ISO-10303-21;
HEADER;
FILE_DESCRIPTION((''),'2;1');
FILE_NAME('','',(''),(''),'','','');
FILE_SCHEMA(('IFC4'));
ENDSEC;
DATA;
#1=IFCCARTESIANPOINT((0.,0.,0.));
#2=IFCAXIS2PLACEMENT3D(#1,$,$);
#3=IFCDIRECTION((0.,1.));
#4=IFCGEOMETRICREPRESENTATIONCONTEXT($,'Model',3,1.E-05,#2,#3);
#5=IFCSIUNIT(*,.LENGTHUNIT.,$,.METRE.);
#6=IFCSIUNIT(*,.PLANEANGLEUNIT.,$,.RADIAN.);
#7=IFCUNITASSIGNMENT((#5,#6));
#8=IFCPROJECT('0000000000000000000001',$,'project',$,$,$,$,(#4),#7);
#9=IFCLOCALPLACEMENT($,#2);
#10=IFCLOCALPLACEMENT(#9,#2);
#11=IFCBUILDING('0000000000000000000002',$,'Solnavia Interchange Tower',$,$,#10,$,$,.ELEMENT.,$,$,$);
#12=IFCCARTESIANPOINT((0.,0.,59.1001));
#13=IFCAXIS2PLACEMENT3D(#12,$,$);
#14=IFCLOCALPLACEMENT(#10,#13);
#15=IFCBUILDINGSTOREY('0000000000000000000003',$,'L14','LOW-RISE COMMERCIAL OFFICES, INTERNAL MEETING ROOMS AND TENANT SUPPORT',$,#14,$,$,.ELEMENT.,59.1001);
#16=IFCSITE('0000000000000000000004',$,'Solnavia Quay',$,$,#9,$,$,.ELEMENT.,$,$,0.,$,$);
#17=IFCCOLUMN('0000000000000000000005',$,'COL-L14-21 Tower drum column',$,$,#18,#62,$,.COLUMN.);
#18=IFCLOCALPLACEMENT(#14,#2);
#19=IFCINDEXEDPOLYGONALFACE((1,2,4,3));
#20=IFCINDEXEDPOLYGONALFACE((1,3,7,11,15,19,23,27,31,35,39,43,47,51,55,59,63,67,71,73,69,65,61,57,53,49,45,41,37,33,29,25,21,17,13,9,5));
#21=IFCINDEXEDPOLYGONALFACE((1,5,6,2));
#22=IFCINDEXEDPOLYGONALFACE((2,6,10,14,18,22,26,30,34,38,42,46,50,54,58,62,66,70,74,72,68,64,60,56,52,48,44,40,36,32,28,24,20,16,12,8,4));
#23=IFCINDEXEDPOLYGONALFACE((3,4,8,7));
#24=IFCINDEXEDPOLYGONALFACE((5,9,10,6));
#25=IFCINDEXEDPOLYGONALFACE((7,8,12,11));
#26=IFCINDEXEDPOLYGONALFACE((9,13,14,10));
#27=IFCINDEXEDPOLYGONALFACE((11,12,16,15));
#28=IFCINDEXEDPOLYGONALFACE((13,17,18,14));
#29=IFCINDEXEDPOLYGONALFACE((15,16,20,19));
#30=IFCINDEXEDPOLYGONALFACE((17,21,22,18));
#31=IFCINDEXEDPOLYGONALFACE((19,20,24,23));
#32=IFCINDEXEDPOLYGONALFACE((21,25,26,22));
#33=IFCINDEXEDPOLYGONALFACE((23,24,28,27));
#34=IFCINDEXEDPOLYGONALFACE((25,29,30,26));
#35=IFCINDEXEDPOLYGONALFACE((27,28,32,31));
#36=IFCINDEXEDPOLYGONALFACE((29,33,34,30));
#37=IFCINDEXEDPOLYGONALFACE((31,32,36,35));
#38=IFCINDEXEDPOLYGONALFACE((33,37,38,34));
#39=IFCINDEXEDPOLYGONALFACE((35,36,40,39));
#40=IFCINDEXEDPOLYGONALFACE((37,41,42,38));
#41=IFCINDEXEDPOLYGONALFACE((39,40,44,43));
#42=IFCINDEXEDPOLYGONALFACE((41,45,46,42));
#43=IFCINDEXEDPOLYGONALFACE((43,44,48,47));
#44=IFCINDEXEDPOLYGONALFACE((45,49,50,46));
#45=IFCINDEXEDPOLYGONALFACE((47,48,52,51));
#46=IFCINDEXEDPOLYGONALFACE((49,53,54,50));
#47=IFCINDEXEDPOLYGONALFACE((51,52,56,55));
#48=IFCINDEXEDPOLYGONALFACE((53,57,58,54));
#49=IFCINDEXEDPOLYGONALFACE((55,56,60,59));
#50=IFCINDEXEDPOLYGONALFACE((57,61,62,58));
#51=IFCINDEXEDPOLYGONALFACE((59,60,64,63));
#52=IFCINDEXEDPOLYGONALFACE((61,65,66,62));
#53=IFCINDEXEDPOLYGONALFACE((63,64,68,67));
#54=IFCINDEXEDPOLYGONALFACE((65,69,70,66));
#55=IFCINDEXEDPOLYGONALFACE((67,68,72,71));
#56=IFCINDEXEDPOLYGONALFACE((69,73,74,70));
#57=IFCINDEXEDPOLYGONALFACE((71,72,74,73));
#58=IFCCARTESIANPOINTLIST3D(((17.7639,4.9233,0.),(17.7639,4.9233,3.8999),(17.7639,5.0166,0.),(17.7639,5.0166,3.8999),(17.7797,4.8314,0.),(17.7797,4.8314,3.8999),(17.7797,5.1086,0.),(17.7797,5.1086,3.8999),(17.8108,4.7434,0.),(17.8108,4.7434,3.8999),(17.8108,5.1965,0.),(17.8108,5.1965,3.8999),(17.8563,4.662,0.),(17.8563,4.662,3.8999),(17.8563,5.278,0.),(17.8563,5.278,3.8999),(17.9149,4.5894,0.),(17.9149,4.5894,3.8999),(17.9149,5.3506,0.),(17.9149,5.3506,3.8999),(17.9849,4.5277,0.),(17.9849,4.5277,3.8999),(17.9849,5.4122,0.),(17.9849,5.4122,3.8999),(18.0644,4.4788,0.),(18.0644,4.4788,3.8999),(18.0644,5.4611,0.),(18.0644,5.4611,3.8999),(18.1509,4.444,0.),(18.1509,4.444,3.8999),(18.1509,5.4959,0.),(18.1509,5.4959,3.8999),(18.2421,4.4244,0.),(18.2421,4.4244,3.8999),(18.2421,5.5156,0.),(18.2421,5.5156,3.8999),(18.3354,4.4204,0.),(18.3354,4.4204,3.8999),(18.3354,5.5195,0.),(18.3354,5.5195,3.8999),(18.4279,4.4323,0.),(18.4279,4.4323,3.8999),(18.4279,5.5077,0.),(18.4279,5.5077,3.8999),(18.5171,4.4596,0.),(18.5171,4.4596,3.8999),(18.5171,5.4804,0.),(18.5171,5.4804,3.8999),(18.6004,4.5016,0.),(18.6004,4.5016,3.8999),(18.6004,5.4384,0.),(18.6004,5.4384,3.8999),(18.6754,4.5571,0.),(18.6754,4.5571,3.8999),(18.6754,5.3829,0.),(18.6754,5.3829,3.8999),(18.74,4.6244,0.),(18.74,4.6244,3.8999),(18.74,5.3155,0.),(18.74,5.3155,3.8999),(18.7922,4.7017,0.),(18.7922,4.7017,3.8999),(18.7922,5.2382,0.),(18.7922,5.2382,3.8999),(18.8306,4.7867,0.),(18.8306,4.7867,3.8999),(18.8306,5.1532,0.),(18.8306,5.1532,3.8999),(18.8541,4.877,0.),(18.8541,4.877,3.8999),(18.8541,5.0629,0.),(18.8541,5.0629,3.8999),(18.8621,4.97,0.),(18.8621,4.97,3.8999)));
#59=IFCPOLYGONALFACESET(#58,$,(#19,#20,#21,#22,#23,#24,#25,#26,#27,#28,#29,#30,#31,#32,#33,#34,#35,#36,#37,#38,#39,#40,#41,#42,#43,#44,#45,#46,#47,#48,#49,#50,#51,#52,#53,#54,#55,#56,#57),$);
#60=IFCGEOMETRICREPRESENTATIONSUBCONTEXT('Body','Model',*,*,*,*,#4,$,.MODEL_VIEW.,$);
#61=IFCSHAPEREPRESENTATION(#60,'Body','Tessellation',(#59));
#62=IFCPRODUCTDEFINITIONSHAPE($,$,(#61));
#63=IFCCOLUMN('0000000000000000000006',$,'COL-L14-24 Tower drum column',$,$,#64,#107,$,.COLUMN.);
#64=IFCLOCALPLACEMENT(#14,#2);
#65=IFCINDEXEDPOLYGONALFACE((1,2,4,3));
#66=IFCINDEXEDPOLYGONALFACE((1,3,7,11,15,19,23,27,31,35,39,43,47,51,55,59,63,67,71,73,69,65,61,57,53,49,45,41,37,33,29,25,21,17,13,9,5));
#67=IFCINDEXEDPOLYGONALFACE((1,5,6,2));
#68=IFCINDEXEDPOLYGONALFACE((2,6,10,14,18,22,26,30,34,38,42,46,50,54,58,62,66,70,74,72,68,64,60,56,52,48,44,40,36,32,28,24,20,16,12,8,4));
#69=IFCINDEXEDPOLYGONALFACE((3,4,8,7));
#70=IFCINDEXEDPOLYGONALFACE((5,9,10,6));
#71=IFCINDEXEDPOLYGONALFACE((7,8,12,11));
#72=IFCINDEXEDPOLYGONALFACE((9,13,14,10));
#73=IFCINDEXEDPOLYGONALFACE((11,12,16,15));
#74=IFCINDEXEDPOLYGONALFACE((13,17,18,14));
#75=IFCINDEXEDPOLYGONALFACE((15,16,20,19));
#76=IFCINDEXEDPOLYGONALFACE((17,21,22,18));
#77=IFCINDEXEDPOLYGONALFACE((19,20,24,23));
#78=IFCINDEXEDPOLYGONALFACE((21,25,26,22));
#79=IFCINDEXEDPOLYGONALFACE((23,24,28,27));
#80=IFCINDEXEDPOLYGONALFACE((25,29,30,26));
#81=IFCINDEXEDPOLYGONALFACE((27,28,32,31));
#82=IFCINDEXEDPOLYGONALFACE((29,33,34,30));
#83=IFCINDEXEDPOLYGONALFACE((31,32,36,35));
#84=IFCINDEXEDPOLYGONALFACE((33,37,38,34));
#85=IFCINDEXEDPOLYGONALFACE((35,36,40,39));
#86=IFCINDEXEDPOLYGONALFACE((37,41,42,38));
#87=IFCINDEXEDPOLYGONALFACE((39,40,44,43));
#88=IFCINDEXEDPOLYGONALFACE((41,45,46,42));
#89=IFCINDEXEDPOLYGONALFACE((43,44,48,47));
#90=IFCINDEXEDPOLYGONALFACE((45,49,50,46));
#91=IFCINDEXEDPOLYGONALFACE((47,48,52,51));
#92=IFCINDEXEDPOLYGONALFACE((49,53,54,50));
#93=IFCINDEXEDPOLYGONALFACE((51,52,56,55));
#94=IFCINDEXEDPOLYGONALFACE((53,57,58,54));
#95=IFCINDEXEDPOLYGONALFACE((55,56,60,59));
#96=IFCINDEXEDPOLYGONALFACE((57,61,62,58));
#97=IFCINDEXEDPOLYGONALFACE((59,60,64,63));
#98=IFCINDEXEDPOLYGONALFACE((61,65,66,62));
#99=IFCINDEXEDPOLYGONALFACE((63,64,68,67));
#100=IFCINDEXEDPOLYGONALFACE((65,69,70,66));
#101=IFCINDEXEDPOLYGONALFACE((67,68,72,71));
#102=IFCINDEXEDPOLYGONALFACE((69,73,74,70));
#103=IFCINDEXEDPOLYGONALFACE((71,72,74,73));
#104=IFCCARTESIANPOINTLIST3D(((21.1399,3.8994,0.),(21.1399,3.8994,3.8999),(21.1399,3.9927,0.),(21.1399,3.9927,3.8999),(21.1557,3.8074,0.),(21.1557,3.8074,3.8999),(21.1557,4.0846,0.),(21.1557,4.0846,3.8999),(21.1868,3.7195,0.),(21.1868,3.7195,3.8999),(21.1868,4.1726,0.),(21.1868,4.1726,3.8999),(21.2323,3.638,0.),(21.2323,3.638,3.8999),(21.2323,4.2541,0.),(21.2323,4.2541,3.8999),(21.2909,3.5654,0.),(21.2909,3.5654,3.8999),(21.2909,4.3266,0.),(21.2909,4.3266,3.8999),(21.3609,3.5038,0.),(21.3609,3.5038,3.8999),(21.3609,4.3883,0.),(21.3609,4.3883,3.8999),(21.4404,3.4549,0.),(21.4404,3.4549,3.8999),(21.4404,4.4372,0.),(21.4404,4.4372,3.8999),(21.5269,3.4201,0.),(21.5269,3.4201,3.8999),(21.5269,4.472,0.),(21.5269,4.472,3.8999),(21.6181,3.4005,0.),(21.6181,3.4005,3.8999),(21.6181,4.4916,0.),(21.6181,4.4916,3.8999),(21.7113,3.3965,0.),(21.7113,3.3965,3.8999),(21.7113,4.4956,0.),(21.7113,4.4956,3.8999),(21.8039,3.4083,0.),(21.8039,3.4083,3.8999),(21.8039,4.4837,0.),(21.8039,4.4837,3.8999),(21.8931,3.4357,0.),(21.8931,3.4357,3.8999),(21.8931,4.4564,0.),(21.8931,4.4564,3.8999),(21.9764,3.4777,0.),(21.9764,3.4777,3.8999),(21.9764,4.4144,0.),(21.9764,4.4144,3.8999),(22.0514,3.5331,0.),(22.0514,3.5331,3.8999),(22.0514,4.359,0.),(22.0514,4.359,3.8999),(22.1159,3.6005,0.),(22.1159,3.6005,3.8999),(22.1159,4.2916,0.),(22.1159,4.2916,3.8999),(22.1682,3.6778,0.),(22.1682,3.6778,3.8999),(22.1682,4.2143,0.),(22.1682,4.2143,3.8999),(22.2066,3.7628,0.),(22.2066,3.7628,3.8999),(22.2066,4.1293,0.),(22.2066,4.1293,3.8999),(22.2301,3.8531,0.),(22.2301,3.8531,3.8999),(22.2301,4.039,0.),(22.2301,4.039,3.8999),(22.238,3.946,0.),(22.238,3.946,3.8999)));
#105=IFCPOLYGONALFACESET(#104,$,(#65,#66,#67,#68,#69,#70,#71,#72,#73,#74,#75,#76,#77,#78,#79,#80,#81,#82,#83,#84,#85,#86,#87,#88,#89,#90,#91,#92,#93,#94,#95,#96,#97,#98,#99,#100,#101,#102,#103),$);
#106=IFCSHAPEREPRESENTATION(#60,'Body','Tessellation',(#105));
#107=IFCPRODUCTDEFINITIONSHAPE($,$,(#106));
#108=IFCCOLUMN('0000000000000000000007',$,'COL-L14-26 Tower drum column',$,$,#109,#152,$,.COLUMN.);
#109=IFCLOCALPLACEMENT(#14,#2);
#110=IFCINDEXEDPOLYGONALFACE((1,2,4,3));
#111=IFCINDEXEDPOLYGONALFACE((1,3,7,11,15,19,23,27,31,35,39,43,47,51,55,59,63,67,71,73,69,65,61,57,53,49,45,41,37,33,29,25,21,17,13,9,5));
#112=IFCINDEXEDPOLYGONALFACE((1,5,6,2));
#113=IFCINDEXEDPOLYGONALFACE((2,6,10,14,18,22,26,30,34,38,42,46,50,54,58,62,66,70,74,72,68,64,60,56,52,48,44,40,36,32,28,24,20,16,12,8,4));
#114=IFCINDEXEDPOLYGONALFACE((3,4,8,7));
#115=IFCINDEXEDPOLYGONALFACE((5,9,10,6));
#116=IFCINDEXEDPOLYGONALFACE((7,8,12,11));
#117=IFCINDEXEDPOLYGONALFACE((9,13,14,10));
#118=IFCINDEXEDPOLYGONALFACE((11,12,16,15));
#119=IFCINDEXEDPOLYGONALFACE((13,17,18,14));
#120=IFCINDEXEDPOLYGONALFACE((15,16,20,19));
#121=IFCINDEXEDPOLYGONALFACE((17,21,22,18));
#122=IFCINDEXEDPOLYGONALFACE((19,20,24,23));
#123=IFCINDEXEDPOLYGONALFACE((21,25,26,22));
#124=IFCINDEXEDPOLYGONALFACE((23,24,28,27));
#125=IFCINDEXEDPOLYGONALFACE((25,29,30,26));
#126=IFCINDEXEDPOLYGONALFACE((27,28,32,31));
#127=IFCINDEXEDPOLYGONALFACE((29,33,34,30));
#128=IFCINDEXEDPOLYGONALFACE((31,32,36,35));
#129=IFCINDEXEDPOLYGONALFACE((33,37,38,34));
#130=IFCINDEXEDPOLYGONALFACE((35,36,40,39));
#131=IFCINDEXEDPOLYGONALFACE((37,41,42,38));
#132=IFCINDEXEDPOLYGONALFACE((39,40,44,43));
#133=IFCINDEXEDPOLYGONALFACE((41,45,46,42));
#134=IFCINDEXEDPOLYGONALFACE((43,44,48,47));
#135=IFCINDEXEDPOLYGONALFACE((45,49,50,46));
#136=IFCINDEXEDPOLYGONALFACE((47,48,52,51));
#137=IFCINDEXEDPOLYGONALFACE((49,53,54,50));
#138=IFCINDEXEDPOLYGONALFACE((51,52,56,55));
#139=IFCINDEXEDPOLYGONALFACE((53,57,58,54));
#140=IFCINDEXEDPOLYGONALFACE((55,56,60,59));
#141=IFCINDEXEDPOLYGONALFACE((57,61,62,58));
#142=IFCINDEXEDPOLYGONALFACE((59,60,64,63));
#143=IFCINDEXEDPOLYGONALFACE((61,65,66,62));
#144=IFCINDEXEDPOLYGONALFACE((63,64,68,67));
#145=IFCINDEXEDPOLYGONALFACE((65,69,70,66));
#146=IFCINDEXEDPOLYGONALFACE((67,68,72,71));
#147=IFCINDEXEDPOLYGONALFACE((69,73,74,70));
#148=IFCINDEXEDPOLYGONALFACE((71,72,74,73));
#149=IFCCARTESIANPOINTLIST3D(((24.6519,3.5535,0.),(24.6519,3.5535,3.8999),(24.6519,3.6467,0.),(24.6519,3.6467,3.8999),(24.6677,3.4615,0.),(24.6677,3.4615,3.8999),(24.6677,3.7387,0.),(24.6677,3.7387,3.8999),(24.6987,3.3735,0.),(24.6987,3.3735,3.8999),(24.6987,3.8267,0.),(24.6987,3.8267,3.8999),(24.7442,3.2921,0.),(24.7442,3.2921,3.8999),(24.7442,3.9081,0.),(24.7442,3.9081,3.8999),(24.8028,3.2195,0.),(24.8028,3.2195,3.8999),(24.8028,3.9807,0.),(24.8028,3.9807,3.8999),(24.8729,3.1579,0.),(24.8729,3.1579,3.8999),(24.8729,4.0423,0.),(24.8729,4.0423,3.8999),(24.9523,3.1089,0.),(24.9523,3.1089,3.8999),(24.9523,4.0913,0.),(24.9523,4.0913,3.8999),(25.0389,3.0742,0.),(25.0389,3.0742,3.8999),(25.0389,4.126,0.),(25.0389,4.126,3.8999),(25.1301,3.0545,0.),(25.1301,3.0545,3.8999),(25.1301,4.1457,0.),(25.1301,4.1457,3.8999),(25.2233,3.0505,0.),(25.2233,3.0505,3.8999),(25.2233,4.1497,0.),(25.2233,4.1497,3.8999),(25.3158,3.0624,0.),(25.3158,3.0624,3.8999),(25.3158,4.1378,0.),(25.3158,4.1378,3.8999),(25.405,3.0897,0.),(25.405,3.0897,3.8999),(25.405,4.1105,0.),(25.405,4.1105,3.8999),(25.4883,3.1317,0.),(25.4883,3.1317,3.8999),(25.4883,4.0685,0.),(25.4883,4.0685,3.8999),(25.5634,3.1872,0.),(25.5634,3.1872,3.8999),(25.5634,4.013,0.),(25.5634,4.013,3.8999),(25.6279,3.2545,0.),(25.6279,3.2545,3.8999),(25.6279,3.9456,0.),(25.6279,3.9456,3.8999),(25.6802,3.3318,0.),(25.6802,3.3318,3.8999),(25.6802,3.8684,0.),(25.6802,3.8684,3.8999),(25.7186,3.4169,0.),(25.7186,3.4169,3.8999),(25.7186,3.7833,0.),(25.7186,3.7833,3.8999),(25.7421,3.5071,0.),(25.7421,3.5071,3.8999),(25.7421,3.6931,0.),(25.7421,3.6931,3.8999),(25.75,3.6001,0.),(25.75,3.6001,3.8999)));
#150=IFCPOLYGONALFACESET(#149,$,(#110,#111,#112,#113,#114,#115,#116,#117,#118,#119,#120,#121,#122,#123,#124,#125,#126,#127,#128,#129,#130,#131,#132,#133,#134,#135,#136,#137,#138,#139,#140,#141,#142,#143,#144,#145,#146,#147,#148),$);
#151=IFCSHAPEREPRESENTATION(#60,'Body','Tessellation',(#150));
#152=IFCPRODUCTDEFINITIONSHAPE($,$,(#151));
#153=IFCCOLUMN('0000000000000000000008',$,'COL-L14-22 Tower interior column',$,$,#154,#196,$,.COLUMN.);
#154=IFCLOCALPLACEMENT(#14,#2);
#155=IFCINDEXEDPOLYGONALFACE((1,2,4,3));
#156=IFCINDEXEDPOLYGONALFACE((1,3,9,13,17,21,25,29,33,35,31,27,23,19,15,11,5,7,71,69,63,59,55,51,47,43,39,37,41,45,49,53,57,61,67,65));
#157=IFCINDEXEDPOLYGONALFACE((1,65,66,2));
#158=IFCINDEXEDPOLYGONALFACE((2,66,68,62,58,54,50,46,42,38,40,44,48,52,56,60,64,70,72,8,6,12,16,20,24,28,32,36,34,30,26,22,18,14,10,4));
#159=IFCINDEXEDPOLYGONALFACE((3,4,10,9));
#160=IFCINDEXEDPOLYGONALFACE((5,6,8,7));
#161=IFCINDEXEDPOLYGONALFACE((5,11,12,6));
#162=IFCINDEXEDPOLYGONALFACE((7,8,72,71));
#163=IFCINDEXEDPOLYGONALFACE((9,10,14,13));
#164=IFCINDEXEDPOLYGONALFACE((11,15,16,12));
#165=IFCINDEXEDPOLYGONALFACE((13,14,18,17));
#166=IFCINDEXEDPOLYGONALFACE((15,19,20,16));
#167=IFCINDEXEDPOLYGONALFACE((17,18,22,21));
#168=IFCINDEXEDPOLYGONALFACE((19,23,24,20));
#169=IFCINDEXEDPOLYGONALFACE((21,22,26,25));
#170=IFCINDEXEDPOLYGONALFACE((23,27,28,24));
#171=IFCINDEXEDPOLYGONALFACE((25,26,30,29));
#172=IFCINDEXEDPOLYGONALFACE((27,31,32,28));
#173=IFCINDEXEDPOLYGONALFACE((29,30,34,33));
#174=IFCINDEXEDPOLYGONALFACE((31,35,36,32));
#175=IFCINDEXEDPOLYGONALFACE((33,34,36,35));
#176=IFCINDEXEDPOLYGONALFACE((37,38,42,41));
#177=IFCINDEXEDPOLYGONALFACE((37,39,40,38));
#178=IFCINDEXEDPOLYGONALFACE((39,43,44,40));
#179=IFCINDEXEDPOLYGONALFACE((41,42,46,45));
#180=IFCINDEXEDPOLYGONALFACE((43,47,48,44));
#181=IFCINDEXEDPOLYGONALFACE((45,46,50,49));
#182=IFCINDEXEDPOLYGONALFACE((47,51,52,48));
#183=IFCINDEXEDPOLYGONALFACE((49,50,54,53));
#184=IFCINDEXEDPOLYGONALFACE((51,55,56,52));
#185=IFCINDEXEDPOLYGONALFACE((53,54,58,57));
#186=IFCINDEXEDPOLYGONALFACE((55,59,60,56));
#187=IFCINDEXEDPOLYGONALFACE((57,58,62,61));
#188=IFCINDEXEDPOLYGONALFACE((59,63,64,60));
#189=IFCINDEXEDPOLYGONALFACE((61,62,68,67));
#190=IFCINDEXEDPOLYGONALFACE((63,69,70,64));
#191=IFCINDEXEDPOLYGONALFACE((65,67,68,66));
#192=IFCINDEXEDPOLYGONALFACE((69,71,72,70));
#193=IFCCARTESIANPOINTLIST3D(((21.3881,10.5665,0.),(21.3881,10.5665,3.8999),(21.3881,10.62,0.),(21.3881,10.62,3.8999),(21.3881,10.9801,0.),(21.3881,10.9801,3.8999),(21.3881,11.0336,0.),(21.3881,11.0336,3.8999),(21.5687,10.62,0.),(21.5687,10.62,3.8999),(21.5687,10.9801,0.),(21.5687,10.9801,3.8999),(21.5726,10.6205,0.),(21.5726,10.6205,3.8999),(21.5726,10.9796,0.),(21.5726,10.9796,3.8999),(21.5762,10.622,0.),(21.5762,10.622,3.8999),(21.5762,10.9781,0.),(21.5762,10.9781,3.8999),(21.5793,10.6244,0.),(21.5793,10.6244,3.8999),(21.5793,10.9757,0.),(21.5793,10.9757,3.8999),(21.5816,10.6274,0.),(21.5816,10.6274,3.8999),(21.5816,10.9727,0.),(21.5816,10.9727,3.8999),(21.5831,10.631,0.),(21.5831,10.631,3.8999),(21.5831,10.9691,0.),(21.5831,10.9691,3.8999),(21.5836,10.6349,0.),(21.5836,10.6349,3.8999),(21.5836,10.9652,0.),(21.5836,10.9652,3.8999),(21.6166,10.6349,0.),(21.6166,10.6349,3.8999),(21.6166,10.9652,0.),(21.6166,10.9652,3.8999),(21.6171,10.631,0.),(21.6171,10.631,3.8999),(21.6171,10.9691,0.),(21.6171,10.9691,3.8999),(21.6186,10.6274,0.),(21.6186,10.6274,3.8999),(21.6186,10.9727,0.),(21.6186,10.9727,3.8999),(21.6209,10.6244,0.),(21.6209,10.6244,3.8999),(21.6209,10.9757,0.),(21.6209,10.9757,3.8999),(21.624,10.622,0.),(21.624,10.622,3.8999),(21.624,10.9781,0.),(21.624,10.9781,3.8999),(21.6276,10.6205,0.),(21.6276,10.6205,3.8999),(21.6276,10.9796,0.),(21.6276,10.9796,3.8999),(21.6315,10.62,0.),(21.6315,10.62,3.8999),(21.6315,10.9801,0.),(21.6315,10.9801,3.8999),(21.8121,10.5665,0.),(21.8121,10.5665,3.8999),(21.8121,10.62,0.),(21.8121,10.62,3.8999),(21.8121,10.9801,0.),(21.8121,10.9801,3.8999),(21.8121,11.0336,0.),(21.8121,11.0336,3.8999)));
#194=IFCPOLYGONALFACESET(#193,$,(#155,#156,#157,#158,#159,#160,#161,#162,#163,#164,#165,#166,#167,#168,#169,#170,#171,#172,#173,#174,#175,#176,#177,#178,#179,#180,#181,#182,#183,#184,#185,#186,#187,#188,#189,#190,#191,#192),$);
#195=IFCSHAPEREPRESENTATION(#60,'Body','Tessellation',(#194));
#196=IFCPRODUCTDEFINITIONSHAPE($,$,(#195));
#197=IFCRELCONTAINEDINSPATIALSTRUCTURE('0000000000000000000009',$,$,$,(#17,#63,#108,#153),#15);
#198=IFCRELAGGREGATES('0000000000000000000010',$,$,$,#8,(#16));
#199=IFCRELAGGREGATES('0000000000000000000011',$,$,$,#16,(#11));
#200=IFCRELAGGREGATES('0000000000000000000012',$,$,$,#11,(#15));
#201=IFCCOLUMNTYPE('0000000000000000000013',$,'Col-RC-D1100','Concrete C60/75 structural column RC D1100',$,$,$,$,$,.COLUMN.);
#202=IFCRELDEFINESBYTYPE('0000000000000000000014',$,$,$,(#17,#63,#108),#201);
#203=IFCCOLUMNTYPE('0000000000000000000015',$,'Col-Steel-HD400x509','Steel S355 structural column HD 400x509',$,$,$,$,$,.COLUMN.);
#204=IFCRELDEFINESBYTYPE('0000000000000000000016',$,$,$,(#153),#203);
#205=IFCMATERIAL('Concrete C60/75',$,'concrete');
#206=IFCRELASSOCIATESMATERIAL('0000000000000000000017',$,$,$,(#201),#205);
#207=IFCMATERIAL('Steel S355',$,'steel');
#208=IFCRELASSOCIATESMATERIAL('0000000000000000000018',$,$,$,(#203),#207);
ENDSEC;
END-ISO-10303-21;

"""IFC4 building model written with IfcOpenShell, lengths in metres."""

from ifc_helpers import new_model, si_unit, direction, frame, origin, origin_2d, place, context, subcontext, project, spatial, circle, i_section, extrude, material, material_profile, profile_set, type_object, element, save


model = new_model("IFC4")

# Units and contexts
model_context = context("Model", 3, precision=1e-05, world=origin(), true_north=direction((0.0, 1.0)))
body_context = subcontext(model_context, "Body", "Model", "MODEL_VIEW")
ifc_project = project(units=[si_unit("LENGTHUNIT", "METRE"), si_unit("PLANEANGLEUNIT", "RADIAN")], contexts=[model_context])

# Site, building, storey
site_placement = place(None, origin())
site = spatial("IfcSite", under=ifc_project, at=site_placement, Name="Solnavia Quay", CompositionType="ELEMENT", RefElevation=0.0)
building_placement = place(site_placement, origin())
building = spatial("IfcBuilding", under=site, at=building_placement, Name="Solnavia Interchange Tower", CompositionType="ELEMENT")
storey_placement = place(building_placement, frame((0.0, 0.0, 59.1001)))
storey = spatial("IfcBuildingStorey", under=building, at=storey_placement, Name="L14", Description="LOW-RISE COMMERCIAL OFFICES, INTERNAL MEETING ROOMS AND TENANT SUPPORT", CompositionType="ELEMENT", Elevation=59.1001)

# Columns
ifc_material_1 = material(Name="Concrete C60/75", Category="concrete")
ifc_material_profile_1 = material_profile(ifc_material_1, circle(Radius=0.55, at=origin_2d()), Name="RC D1100")
ifc_profile_set_1 = profile_set([ifc_material_profile_1], Name="Concrete C60/75")
column_type_1 = type_object("IfcColumnType", Name="Col-RC-D1100", Description="Concrete C60/75 structural column RC D1100", PredefinedType="COLUMN", material=ifc_profile_set_1)
for number, where, z_axis, x_axis, name in (
    (1, (18.312, 4.97, 0.0), (0.0, 0.0, 1.0), (1.0, 0.0, 0.0), "COL-L14-21 Tower drum column"),
    (2, (21.688, 3.946, 0.0), (0.0, 0.0, 1.0), (1.0, 0.0, 0.0), "COL-L14-24 Tower drum column"),
    (3, (25.2, 3.6001, 0.0), (0.0, 0.0, 1.0), (1.0, 0.0, 0.0), "COL-L14-26 Tower drum column"),
):
    element("IfcColumn", number, at=place(storey_placement, frame(where, z_axis=z_axis, x_axis=x_axis)), inside=storey, type_object=column_type_1, Name=name, PredefinedType="COLUMN", context=body_context, shape_type="SweptSolid", body=[
        extrude(circle(Radius=0.55, at=origin_2d()), origin(), (0.0, 0.0, 1.0), 3.8999),
    ])
ifc_material_2 = material(Name="Steel S355", Category="steel")
ifc_material_profile_2 = material_profile(ifc_material_2, i_section(OverallWidth=0.4241, OverallDepth=0.467, WebThickness=0.033, FlangeThickness=0.0535, FilletRadius=0.0149, at=origin_2d()), Name="HD 400x509")
ifc_profile_set_2 = profile_set([ifc_material_profile_2], Name="Steel S355")
column_type_2 = type_object("IfcColumnType", Name="Col-Steel-HD400x509", Description="Steel S355 structural column HD 400x509", PredefinedType="COLUMN", material=ifc_profile_set_2)
column_placement = place(storey_placement, frame((21.6001, 10.8, 0.0), z_axis=(0.0, 0.0, 1.0), x_axis=(1.0, 0.0, 0.0)))
element("IfcColumn", 4, at=column_placement, inside=storey, type_object=column_type_2, Name="COL-L14-22 Tower interior column", PredefinedType="COLUMN", context=body_context, shape_type="SweptSolid", body=[
    extrude(i_section(OverallWidth=0.4241, OverallDepth=0.467, WebThickness=0.033, FlangeThickness=0.0535, FilletRadius=0.0149, at=origin_2d()), origin(), (0.0, 0.0, 1.0), 3.8999),
])

save(model, "model.ifc")
